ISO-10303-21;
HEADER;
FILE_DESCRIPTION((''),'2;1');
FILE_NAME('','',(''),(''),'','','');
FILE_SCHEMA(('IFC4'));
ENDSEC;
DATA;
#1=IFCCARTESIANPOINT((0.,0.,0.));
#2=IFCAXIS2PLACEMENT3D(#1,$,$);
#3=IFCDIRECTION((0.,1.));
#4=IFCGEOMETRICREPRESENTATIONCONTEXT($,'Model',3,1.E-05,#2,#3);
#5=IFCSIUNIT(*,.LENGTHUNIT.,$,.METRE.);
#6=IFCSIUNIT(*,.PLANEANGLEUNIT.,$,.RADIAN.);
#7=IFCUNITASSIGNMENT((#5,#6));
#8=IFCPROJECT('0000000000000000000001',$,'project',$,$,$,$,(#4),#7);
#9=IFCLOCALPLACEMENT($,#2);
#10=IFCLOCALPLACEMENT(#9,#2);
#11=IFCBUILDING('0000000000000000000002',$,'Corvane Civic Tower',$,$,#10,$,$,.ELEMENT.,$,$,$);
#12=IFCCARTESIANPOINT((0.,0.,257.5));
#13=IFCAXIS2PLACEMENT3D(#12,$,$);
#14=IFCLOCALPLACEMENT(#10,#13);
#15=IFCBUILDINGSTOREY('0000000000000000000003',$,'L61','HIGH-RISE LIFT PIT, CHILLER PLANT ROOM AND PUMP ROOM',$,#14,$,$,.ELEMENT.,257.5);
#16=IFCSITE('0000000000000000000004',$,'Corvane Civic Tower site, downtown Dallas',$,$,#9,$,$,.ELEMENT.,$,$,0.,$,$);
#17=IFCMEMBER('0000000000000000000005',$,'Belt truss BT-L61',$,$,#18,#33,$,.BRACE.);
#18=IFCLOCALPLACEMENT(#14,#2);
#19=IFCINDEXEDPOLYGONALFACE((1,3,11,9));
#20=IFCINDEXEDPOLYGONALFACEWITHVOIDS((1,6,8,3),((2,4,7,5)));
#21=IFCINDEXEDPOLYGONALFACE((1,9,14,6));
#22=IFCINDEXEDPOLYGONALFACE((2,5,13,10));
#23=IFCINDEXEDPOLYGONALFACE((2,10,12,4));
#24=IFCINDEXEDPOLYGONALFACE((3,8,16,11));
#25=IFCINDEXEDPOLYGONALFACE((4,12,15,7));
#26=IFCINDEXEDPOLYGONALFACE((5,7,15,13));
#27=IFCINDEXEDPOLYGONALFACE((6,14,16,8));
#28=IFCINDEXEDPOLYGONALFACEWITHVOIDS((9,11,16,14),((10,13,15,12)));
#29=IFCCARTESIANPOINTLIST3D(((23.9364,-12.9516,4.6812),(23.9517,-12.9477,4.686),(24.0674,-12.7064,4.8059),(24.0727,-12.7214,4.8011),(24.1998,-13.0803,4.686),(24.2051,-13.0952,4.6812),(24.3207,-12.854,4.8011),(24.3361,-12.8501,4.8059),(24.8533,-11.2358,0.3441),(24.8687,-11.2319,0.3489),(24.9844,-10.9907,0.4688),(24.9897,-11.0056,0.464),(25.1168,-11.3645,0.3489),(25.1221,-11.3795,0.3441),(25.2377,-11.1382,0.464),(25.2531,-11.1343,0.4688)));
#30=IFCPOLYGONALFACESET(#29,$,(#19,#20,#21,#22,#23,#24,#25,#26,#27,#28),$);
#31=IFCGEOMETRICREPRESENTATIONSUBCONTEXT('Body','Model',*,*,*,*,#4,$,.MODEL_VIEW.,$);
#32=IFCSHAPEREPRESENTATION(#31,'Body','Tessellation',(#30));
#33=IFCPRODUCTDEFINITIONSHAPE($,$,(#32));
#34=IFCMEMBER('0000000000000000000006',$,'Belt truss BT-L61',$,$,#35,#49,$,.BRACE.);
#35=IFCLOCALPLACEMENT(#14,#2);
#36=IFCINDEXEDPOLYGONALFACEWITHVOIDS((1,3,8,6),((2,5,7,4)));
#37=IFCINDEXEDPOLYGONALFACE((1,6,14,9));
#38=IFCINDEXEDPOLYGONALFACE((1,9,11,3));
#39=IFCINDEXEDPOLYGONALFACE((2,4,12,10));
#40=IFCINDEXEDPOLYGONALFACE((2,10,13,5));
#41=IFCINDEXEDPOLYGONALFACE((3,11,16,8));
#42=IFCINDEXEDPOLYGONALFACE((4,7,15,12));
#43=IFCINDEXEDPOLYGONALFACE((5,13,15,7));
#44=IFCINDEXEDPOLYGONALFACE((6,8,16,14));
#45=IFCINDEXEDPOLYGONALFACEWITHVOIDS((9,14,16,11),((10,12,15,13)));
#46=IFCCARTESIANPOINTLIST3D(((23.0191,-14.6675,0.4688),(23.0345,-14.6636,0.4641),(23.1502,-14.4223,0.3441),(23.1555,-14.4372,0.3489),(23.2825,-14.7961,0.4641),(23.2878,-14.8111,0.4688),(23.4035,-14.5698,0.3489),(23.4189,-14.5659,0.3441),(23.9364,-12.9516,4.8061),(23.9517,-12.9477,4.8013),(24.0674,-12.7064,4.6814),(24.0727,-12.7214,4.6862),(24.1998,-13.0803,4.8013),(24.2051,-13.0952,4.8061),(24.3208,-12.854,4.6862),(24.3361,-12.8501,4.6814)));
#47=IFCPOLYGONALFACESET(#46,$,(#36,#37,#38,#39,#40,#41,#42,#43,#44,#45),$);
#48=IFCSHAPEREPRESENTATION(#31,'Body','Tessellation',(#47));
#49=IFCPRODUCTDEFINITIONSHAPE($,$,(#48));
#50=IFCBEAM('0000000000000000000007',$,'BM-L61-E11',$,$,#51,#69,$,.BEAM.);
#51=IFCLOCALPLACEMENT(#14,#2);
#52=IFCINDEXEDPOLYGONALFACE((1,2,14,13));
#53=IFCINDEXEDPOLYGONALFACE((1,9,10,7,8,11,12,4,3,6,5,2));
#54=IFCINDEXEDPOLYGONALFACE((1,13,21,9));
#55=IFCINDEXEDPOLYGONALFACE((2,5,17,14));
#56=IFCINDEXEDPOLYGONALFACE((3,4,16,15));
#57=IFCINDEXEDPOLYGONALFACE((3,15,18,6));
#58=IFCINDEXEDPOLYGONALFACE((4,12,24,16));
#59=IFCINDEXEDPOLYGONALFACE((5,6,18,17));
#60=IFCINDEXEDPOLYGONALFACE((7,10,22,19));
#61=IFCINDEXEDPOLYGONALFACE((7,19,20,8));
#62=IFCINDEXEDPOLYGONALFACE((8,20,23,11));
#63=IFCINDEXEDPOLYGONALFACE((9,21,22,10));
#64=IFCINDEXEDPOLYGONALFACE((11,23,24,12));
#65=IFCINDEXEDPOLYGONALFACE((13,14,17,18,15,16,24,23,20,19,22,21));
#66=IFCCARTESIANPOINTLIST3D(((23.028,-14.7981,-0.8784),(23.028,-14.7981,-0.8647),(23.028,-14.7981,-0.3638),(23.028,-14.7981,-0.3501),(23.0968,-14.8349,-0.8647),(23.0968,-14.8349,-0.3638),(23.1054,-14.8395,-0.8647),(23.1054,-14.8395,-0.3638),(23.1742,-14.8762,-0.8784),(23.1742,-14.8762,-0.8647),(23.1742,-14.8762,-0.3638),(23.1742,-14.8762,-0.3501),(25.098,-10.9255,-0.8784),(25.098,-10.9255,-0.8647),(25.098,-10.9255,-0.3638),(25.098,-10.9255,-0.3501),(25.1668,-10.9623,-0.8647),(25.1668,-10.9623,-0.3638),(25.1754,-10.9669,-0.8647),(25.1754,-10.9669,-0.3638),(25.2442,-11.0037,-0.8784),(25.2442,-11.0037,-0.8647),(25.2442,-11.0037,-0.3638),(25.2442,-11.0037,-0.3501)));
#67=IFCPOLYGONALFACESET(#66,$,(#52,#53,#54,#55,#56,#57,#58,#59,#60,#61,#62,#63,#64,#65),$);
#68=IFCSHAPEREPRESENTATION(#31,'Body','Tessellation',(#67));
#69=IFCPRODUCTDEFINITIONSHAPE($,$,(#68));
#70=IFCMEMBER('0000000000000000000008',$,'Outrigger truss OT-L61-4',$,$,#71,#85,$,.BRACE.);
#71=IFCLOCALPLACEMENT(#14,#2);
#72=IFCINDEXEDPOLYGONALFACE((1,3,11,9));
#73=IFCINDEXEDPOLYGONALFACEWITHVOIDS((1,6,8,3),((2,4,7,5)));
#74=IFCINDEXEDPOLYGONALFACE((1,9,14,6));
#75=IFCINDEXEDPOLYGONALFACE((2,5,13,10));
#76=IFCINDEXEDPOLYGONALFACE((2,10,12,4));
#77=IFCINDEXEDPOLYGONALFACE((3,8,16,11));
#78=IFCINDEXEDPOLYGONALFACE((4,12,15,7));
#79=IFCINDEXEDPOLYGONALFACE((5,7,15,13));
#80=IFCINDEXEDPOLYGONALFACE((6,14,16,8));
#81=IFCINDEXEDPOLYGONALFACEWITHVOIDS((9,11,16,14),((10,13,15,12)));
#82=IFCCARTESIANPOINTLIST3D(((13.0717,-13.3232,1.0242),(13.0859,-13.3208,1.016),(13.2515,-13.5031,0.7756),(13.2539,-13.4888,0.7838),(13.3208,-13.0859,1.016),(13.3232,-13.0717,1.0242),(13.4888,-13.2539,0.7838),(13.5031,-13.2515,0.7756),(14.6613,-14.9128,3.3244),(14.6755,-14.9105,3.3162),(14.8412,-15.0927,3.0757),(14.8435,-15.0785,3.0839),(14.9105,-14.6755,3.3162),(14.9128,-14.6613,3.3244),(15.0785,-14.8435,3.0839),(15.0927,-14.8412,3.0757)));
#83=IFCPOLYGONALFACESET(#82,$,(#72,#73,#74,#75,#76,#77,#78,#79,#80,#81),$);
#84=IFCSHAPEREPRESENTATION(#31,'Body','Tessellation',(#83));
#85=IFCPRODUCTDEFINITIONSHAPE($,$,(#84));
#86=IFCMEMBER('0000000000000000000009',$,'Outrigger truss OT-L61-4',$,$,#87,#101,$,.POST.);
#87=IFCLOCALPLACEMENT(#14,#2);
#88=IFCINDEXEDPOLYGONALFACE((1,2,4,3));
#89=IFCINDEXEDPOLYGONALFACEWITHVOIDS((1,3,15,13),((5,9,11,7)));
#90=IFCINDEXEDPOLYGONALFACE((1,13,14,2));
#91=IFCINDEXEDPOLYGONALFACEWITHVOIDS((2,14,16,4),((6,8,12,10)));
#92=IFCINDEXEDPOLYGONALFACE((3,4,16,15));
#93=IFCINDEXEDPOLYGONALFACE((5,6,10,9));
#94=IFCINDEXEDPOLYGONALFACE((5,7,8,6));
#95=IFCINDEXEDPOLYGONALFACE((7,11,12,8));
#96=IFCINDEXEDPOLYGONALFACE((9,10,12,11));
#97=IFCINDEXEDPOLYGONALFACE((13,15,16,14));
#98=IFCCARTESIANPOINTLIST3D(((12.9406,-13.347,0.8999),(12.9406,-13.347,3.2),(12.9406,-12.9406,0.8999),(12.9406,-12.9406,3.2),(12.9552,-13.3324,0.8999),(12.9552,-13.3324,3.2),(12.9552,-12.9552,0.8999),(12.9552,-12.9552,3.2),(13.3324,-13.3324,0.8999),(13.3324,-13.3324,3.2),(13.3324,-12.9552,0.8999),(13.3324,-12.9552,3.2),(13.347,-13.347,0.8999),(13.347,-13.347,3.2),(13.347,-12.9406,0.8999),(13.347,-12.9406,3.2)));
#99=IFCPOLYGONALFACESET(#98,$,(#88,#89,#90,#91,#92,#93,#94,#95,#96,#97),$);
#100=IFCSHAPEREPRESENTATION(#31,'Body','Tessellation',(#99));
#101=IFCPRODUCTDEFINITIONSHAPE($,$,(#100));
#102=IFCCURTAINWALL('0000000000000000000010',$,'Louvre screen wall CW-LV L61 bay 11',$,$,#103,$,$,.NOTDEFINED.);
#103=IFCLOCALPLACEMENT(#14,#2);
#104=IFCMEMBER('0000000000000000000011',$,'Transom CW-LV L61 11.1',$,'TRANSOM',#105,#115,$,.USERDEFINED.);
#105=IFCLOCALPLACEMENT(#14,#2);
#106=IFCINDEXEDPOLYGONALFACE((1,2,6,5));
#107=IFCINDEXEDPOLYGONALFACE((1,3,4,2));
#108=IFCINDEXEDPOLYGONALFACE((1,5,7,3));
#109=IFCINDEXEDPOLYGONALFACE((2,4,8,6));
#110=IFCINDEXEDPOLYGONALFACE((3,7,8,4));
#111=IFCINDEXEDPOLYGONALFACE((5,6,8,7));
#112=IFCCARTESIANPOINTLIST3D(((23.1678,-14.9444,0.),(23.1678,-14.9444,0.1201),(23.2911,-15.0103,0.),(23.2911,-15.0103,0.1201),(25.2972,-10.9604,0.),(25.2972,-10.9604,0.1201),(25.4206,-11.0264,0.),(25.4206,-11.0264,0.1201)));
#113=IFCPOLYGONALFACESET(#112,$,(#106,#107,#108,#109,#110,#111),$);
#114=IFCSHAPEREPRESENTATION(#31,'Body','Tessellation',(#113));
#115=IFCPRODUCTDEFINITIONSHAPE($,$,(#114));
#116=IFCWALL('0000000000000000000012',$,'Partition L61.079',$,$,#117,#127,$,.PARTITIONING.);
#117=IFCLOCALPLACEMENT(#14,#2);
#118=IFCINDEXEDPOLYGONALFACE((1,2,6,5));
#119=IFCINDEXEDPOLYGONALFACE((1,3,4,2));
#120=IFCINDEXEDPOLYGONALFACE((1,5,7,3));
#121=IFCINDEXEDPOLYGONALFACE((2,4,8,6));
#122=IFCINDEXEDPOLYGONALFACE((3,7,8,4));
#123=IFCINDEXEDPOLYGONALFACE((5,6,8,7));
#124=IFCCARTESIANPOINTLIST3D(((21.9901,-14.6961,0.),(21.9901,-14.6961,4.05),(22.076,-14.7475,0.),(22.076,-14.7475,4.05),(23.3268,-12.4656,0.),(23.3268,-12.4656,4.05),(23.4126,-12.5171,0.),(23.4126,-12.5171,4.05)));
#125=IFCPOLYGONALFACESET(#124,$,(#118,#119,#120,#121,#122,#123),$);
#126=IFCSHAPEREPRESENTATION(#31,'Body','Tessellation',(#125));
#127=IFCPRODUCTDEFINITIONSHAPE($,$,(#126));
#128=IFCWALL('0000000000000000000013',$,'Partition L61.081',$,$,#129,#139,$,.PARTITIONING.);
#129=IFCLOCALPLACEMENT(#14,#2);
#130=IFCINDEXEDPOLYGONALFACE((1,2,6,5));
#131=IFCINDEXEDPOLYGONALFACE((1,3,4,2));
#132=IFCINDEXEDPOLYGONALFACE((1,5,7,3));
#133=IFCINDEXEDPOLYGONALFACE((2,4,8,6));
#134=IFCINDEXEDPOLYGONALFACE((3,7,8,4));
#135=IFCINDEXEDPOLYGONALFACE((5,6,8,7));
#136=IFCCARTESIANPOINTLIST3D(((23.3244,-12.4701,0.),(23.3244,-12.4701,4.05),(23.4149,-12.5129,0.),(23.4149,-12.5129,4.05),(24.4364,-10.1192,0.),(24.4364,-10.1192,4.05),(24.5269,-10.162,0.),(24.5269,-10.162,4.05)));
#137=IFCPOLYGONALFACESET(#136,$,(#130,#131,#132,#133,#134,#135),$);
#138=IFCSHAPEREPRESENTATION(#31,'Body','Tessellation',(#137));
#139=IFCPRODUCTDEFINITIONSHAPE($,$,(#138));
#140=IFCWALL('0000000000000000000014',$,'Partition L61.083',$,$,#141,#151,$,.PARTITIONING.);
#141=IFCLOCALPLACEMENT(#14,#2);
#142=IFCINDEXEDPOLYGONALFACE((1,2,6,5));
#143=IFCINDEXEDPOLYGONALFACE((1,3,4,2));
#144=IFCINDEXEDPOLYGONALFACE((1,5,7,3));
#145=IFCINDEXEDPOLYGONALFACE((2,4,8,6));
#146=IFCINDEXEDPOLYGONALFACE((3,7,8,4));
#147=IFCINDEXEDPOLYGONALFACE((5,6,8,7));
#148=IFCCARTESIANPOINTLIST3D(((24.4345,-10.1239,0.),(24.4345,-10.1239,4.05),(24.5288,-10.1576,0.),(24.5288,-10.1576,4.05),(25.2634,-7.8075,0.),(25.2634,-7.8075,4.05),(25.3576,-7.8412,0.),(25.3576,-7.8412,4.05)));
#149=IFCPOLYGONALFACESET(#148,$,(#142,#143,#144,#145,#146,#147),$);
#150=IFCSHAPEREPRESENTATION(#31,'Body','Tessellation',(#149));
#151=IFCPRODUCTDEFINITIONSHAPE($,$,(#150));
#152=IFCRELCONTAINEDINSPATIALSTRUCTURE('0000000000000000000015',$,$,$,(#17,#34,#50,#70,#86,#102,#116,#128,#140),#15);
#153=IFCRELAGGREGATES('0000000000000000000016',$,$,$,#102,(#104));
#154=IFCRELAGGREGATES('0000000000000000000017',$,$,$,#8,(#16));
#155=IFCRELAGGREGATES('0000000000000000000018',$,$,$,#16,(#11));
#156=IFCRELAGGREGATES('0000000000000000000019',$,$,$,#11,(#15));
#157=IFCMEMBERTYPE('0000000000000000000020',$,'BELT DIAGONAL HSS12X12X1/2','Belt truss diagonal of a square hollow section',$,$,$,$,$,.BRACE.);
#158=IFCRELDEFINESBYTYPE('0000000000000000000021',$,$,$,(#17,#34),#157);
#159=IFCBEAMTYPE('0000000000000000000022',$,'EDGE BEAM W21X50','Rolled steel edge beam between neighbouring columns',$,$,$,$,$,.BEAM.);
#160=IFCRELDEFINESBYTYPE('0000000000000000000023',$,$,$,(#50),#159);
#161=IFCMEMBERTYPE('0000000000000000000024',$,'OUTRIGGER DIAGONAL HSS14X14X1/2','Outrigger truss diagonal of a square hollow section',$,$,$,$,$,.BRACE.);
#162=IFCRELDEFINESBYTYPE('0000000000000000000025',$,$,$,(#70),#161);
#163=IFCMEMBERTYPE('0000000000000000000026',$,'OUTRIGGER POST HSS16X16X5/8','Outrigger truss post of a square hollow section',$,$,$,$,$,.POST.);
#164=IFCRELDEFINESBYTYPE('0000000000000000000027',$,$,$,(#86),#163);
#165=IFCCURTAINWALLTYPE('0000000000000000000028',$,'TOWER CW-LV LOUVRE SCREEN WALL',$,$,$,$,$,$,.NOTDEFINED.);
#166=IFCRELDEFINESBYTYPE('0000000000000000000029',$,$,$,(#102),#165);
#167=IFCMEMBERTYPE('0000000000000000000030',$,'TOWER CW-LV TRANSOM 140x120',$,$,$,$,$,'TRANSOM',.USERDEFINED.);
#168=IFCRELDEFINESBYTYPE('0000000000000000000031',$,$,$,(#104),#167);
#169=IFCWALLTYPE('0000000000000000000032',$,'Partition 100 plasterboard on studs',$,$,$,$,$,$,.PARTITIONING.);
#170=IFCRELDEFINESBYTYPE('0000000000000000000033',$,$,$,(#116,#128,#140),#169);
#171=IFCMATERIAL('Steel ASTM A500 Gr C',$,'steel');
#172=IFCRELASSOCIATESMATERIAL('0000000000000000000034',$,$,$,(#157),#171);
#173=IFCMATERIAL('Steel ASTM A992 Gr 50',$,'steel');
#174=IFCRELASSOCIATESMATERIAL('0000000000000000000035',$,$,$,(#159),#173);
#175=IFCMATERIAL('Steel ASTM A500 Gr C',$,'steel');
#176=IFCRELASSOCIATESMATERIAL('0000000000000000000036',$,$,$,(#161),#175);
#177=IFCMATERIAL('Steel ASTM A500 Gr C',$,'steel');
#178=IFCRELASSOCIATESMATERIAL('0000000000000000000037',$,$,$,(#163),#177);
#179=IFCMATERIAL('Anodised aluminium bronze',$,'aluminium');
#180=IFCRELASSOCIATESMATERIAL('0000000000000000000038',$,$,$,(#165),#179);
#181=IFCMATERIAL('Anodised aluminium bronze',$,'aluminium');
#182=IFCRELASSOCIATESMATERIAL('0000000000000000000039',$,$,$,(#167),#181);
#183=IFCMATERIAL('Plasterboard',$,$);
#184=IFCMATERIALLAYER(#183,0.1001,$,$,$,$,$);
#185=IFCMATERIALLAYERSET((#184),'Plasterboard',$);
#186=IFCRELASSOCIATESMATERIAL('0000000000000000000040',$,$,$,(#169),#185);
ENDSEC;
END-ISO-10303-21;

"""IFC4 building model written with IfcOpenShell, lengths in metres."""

from ifc_helpers import new_model, si_unit, direction, frame, frame_2d, origin, origin_2d, place, context, subcontext, project, spatial, rectangle, hollow_rectangle, i_section, extrude, material, layer, layer_set, material_profile, profile_set, type_object, element, aggregate, save


model = new_model("IFC4")

# Units and contexts
model_context = context("Model", 3, precision=1e-05, world=origin(), true_north=direction((0.0, 1.0)))
body_context = subcontext(model_context, "Body", "Model", "MODEL_VIEW")
ifc_project = project(units=[si_unit("LENGTHUNIT", "METRE"), si_unit("PLANEANGLEUNIT", "RADIAN")], contexts=[model_context])

# Site, building, storey
site_placement = place(None, origin())
site = spatial("IfcSite", under=ifc_project, at=site_placement, Name="Corvane Civic Tower site, downtown Dallas", CompositionType="ELEMENT", RefElevation=0.0)
building_placement = place(site_placement, origin())
building = spatial("IfcBuilding", under=site, at=building_placement, Name="Corvane Civic Tower", CompositionType="ELEMENT")
storey_placement = place(building_placement, frame((0.0, 0.0, 257.5)))
storey = spatial("IfcBuildingStorey", under=building, at=storey_placement, Name="L61", Description="HIGH-RISE LIFT PIT, CHILLER PLANT ROOM AND PUMP ROOM", CompositionType="ELEMENT", Elevation=257.5)

# Members
ifc_material_1 = material(Name="Steel ASTM A500 Gr C", Category="steel")
ifc_material_profile_1 = material_profile(ifc_material_1, hollow_rectangle(XDim=0.3047, YDim=0.3047, WallThickness=0.0117, at=origin_2d()), Name="HSS12X12X1/2")
ifc_profile_set_1 = profile_set([ifc_material_profile_1], Name="Steel ASTM A500 Gr C")
member_type_1 = type_object("IfcMemberType", Name="BELT DIAGONAL HSS12X12X1/2", Description="Belt truss diagonal of a square hollow section", PredefinedType="BRACE", material=ifc_profile_set_1)
for number, where, z_axis, x_axis, name in (
    (1, (25.0532, -11.1851, 0.4065), (-0.192908, -0.360959, 0.912412), (0.88195, -0.471344, 0.0), "Belt truss BT-L61"),
):
    element("IfcMember", number, at=place(storey_placement, frame(where, z_axis=z_axis, x_axis=x_axis)), inside=storey, type_object=member_type_1, Name=name, PredefinedType="BRACE", context=body_context, shape_type="SweptSolid", body=[
        extrude(hollow_rectangle(XDim=0.3047, YDim=0.3047, WallThickness=0.0117, at=origin_2d()), origin(), (0.0, 0.0, 1.0), 4.7534),
    ])
member_1_placement = place(storey_placement, frame((23.219, -14.6167, 0.4065), z_axis=(0.192958, 0.360955, 0.912403), x_axis=(-0.881897, 0.471441, 0.0)))
element("IfcMember", 2, at=member_1_placement, inside=storey, type_object=member_type_1, Name="Belt truss BT-L61", PredefinedType="BRACE", context=body_context, shape_type="SweptSolid", body=[
    extrude(hollow_rectangle(XDim=0.3047, YDim=0.3047, WallThickness=0.0117, at=origin_2d()), origin(), (0.0, 0.0, 1.0), 4.7537),
])

# Beam
ifc_material_2 = material(Name="Steel ASTM A992 Gr 50", Category="steel")
ifc_material_profile_2 = material_profile(ifc_material_2, i_section(OverallWidth=0.1658, OverallDepth=0.5283, WebThickness=0.0098, FlangeThickness=0.0137, at=origin_2d()), Name="W21X50")
ifc_profile_set_2 = profile_set([ifc_material_profile_2], Name="Steel ASTM A992 Gr 50")
beam_type = type_object("IfcBeamType", Name="EDGE BEAM W21X50", Description="Rolled steel edge beam between neighbouring columns", PredefinedType="BEAM", material=ifc_profile_set_2)
beam_placement = place(storey_placement, frame((25.1711, -10.9646, -0.6143), z_axis=(-0.471422, -0.881908, 0.0), x_axis=(0.881908, -0.471422, 0.0)))
element("IfcBeam", 3, at=beam_placement, inside=storey, type_object=beam_type, Name="BM-L61-E11", PredefinedType="BEAM", context=body_context, shape_type="SweptSolid", body=[
    extrude(i_section(OverallWidth=0.1658, OverallDepth=0.5283, WebThickness=0.0098, FlangeThickness=0.0137, at=origin_2d()), origin(), (0.0, 0.0, 1.0), 4.3911),
])

# Members
ifc_material_3 = material(Name="Steel ASTM A500 Gr C", Category="steel")
ifc_material_profile_3 = material_profile(ifc_material_3, hollow_rectangle(XDim=0.3557, YDim=0.3557, WallThickness=0.0117, at=origin_2d()), Name="HSS14X14X1/2")
ifc_profile_set_3 = profile_set([ifc_material_profile_3], Name="Steel ASTM A500 Gr C")
member_type_2 = type_object("IfcMemberType", Name="OUTRIGGER DIAGONAL HSS14X14X1/2", Description="Outrigger truss diagonal of a square hollow section", PredefinedType="BRACE", material=ifc_profile_set_3)
member_2_placement = place(storey_placement, frame((13.2874, -13.2874, 0.8999), z_axis=(0.494249, -0.494249, 0.715147), x_axis=(0.707107, 0.707107, 0.0)))
element("IfcMember", 4, at=member_2_placement, inside=storey, type_object=member_type_2, Name="Outrigger truss OT-L61-4", PredefinedType="BRACE", context=body_context, shape_type="SweptSolid", body=[
    extrude(hollow_rectangle(XDim=0.3557, YDim=0.3557, WallThickness=0.0117, at=origin_2d()), origin(), (0.0, 0.0, 1.0), 3.2163),
])
ifc_material_4 = material(Name="Steel ASTM A500 Gr C", Category="steel")
ifc_material_profile_4 = material_profile(ifc_material_4, hollow_rectangle(XDim=0.4065, YDim=0.4065, WallThickness=0.0146, at=origin_2d()), Name="HSS16X16X5/8")
ifc_profile_set_4 = profile_set([ifc_material_profile_4], Name="Steel ASTM A500 Gr C")
member_type_3 = type_object("IfcMemberType", Name="OUTRIGGER POST HSS16X16X5/8", Description="Outrigger truss post of a square hollow section", PredefinedType="POST", material=ifc_profile_set_4)
member_3_placement = place(storey_placement, frame((13.1438, -13.1438, 0.8999), z_axis=(0.0, 0.0, 1.0), x_axis=(1.0, 0.0, 0.0)))
element("IfcMember", 5, at=member_3_placement, inside=storey, type_object=member_type_3, Name="Outrigger truss OT-L61-4", PredefinedType="POST", context=body_context, shape_type="SweptSolid", body=[
    extrude(hollow_rectangle(XDim=0.4065, YDim=0.4065, WallThickness=0.0146, at=origin_2d()), origin(), (0.0, 0.0, 1.0), 2.3),
])

# Curtain wall, member
ifc_material_5 = material(Name="Anodised aluminium bronze", Category="aluminium")
curtain_wall_type = type_object("IfcCurtainWallType", Name="TOWER CW-LV LOUVRE SCREEN WALL", PredefinedType="NOTDEFINED", material=ifc_material_5)
curtain_wall_placement = place(storey_placement, origin())
curtain_wall = element("IfcCurtainWall", 6, at=curtain_wall_placement, inside=storey, type_object=curtain_wall_type, Name="Louvre screen wall CW-LV L61 bay 11", PredefinedType="NOTDEFINED")
ifc_material_6 = material(Name="Anodised aluminium bronze", Category="aluminium")
ifc_material_profile_5 = material_profile(ifc_material_6, rectangle(XDim=0.1399, YDim=0.1201, at=origin_2d()), Name="TOWER CW-LV TRANSOM 140x120")
ifc_profile_set_5 = profile_set([ifc_material_profile_5], Name="Anodised aluminium bronze")
member_type_4 = type_object("IfcMemberType", Name="TOWER CW-LV TRANSOM 140x120", ElementType="TRANSOM", PredefinedType="USERDEFINED", material=ifc_profile_set_5)
member_4_placement = place(storey_placement, frame((25.3589, -10.9934, 0.0601), z_axis=(-0.47139, -0.881925, 0.0), x_axis=(0.881925, -0.47139, 0.0)))
member_4 = element("IfcMember", 7, at=member_4_placement, type_object=member_type_4, Name="Transom CW-LV L61 11.1", ObjectType="TRANSOM", PredefinedType="USERDEFINED", context=body_context, shape_type="SweptSolid", body=[
    extrude(rectangle(XDim=0.1399, YDim=0.1201, at=origin_2d()), origin(), (0.0, 0.0, 1.0), 4.5173),
])

# Walls
ifc_material_7 = material(Name="Plasterboard")
ifc_layer_1 = layer(ifc_material_7, 0.1001)
ifc_layer_set_1 = layer_set([ifc_layer_1], Name="Plasterboard")
wall_type_1 = type_object("IfcWallType", Name="Partition 100 plasterboard on studs", PredefinedType="PARTITIONING", material=ifc_layer_set_1)
wall_1_placement = place(storey_placement, frame((22.033, -14.7219, 0.0), z_axis=(0.0, 0.0, 1.0), x_axis=(0.51404, 0.857766, 0.0)))
element("IfcWall", 8, at=wall_1_placement, inside=storey, type_object=wall_type_1, Name="Partition L61.079", PredefinedType="PARTITIONING", context=body_context, shape_type="SweptSolid", body=[
    extrude(rectangle(XDim=2.6003, YDim=0.1001, at=frame_2d((1.3003, 0.0))), origin(), (0.0, 0.0, 1.0), 4.05),
])
wall_2_placement = place(storey_placement, frame((23.3696, -12.4915, 0.0), z_axis=(0.0, 0.0, 1.0), x_axis=(0.427618, 0.903959, 0.0)))
element("IfcWall", 9, at=wall_2_placement, inside=storey, type_object=wall_type_1, Name="Partition L61.081", PredefinedType="PARTITIONING", context=body_context, shape_type="SweptSolid", body=[
    extrude(rectangle(XDim=2.6006, YDim=0.1001, at=frame_2d((1.3003, 0.0))), origin(), (0.0, 0.0, 1.0), 4.05),
])
wall_3_placement = place(storey_placement, frame((24.4817, -10.1406, 0.0), z_axis=(0.0, 0.0, 1.0), x_axis=(0.336902, 0.94154, 0.0)))
element("IfcWall", 10, at=wall_3_placement, inside=storey, type_object=wall_type_1, Name="Partition L61.083", PredefinedType="PARTITIONING", context=body_context, shape_type="SweptSolid", body=[
    extrude(rectangle(XDim=2.4602, YDim=0.1001, at=frame_2d((1.23, 0.0))), origin(), (0.0, 0.0, 1.0), 4.05),
])

aggregate(curtain_wall, [member_4])

save(model, "model.ifc")
